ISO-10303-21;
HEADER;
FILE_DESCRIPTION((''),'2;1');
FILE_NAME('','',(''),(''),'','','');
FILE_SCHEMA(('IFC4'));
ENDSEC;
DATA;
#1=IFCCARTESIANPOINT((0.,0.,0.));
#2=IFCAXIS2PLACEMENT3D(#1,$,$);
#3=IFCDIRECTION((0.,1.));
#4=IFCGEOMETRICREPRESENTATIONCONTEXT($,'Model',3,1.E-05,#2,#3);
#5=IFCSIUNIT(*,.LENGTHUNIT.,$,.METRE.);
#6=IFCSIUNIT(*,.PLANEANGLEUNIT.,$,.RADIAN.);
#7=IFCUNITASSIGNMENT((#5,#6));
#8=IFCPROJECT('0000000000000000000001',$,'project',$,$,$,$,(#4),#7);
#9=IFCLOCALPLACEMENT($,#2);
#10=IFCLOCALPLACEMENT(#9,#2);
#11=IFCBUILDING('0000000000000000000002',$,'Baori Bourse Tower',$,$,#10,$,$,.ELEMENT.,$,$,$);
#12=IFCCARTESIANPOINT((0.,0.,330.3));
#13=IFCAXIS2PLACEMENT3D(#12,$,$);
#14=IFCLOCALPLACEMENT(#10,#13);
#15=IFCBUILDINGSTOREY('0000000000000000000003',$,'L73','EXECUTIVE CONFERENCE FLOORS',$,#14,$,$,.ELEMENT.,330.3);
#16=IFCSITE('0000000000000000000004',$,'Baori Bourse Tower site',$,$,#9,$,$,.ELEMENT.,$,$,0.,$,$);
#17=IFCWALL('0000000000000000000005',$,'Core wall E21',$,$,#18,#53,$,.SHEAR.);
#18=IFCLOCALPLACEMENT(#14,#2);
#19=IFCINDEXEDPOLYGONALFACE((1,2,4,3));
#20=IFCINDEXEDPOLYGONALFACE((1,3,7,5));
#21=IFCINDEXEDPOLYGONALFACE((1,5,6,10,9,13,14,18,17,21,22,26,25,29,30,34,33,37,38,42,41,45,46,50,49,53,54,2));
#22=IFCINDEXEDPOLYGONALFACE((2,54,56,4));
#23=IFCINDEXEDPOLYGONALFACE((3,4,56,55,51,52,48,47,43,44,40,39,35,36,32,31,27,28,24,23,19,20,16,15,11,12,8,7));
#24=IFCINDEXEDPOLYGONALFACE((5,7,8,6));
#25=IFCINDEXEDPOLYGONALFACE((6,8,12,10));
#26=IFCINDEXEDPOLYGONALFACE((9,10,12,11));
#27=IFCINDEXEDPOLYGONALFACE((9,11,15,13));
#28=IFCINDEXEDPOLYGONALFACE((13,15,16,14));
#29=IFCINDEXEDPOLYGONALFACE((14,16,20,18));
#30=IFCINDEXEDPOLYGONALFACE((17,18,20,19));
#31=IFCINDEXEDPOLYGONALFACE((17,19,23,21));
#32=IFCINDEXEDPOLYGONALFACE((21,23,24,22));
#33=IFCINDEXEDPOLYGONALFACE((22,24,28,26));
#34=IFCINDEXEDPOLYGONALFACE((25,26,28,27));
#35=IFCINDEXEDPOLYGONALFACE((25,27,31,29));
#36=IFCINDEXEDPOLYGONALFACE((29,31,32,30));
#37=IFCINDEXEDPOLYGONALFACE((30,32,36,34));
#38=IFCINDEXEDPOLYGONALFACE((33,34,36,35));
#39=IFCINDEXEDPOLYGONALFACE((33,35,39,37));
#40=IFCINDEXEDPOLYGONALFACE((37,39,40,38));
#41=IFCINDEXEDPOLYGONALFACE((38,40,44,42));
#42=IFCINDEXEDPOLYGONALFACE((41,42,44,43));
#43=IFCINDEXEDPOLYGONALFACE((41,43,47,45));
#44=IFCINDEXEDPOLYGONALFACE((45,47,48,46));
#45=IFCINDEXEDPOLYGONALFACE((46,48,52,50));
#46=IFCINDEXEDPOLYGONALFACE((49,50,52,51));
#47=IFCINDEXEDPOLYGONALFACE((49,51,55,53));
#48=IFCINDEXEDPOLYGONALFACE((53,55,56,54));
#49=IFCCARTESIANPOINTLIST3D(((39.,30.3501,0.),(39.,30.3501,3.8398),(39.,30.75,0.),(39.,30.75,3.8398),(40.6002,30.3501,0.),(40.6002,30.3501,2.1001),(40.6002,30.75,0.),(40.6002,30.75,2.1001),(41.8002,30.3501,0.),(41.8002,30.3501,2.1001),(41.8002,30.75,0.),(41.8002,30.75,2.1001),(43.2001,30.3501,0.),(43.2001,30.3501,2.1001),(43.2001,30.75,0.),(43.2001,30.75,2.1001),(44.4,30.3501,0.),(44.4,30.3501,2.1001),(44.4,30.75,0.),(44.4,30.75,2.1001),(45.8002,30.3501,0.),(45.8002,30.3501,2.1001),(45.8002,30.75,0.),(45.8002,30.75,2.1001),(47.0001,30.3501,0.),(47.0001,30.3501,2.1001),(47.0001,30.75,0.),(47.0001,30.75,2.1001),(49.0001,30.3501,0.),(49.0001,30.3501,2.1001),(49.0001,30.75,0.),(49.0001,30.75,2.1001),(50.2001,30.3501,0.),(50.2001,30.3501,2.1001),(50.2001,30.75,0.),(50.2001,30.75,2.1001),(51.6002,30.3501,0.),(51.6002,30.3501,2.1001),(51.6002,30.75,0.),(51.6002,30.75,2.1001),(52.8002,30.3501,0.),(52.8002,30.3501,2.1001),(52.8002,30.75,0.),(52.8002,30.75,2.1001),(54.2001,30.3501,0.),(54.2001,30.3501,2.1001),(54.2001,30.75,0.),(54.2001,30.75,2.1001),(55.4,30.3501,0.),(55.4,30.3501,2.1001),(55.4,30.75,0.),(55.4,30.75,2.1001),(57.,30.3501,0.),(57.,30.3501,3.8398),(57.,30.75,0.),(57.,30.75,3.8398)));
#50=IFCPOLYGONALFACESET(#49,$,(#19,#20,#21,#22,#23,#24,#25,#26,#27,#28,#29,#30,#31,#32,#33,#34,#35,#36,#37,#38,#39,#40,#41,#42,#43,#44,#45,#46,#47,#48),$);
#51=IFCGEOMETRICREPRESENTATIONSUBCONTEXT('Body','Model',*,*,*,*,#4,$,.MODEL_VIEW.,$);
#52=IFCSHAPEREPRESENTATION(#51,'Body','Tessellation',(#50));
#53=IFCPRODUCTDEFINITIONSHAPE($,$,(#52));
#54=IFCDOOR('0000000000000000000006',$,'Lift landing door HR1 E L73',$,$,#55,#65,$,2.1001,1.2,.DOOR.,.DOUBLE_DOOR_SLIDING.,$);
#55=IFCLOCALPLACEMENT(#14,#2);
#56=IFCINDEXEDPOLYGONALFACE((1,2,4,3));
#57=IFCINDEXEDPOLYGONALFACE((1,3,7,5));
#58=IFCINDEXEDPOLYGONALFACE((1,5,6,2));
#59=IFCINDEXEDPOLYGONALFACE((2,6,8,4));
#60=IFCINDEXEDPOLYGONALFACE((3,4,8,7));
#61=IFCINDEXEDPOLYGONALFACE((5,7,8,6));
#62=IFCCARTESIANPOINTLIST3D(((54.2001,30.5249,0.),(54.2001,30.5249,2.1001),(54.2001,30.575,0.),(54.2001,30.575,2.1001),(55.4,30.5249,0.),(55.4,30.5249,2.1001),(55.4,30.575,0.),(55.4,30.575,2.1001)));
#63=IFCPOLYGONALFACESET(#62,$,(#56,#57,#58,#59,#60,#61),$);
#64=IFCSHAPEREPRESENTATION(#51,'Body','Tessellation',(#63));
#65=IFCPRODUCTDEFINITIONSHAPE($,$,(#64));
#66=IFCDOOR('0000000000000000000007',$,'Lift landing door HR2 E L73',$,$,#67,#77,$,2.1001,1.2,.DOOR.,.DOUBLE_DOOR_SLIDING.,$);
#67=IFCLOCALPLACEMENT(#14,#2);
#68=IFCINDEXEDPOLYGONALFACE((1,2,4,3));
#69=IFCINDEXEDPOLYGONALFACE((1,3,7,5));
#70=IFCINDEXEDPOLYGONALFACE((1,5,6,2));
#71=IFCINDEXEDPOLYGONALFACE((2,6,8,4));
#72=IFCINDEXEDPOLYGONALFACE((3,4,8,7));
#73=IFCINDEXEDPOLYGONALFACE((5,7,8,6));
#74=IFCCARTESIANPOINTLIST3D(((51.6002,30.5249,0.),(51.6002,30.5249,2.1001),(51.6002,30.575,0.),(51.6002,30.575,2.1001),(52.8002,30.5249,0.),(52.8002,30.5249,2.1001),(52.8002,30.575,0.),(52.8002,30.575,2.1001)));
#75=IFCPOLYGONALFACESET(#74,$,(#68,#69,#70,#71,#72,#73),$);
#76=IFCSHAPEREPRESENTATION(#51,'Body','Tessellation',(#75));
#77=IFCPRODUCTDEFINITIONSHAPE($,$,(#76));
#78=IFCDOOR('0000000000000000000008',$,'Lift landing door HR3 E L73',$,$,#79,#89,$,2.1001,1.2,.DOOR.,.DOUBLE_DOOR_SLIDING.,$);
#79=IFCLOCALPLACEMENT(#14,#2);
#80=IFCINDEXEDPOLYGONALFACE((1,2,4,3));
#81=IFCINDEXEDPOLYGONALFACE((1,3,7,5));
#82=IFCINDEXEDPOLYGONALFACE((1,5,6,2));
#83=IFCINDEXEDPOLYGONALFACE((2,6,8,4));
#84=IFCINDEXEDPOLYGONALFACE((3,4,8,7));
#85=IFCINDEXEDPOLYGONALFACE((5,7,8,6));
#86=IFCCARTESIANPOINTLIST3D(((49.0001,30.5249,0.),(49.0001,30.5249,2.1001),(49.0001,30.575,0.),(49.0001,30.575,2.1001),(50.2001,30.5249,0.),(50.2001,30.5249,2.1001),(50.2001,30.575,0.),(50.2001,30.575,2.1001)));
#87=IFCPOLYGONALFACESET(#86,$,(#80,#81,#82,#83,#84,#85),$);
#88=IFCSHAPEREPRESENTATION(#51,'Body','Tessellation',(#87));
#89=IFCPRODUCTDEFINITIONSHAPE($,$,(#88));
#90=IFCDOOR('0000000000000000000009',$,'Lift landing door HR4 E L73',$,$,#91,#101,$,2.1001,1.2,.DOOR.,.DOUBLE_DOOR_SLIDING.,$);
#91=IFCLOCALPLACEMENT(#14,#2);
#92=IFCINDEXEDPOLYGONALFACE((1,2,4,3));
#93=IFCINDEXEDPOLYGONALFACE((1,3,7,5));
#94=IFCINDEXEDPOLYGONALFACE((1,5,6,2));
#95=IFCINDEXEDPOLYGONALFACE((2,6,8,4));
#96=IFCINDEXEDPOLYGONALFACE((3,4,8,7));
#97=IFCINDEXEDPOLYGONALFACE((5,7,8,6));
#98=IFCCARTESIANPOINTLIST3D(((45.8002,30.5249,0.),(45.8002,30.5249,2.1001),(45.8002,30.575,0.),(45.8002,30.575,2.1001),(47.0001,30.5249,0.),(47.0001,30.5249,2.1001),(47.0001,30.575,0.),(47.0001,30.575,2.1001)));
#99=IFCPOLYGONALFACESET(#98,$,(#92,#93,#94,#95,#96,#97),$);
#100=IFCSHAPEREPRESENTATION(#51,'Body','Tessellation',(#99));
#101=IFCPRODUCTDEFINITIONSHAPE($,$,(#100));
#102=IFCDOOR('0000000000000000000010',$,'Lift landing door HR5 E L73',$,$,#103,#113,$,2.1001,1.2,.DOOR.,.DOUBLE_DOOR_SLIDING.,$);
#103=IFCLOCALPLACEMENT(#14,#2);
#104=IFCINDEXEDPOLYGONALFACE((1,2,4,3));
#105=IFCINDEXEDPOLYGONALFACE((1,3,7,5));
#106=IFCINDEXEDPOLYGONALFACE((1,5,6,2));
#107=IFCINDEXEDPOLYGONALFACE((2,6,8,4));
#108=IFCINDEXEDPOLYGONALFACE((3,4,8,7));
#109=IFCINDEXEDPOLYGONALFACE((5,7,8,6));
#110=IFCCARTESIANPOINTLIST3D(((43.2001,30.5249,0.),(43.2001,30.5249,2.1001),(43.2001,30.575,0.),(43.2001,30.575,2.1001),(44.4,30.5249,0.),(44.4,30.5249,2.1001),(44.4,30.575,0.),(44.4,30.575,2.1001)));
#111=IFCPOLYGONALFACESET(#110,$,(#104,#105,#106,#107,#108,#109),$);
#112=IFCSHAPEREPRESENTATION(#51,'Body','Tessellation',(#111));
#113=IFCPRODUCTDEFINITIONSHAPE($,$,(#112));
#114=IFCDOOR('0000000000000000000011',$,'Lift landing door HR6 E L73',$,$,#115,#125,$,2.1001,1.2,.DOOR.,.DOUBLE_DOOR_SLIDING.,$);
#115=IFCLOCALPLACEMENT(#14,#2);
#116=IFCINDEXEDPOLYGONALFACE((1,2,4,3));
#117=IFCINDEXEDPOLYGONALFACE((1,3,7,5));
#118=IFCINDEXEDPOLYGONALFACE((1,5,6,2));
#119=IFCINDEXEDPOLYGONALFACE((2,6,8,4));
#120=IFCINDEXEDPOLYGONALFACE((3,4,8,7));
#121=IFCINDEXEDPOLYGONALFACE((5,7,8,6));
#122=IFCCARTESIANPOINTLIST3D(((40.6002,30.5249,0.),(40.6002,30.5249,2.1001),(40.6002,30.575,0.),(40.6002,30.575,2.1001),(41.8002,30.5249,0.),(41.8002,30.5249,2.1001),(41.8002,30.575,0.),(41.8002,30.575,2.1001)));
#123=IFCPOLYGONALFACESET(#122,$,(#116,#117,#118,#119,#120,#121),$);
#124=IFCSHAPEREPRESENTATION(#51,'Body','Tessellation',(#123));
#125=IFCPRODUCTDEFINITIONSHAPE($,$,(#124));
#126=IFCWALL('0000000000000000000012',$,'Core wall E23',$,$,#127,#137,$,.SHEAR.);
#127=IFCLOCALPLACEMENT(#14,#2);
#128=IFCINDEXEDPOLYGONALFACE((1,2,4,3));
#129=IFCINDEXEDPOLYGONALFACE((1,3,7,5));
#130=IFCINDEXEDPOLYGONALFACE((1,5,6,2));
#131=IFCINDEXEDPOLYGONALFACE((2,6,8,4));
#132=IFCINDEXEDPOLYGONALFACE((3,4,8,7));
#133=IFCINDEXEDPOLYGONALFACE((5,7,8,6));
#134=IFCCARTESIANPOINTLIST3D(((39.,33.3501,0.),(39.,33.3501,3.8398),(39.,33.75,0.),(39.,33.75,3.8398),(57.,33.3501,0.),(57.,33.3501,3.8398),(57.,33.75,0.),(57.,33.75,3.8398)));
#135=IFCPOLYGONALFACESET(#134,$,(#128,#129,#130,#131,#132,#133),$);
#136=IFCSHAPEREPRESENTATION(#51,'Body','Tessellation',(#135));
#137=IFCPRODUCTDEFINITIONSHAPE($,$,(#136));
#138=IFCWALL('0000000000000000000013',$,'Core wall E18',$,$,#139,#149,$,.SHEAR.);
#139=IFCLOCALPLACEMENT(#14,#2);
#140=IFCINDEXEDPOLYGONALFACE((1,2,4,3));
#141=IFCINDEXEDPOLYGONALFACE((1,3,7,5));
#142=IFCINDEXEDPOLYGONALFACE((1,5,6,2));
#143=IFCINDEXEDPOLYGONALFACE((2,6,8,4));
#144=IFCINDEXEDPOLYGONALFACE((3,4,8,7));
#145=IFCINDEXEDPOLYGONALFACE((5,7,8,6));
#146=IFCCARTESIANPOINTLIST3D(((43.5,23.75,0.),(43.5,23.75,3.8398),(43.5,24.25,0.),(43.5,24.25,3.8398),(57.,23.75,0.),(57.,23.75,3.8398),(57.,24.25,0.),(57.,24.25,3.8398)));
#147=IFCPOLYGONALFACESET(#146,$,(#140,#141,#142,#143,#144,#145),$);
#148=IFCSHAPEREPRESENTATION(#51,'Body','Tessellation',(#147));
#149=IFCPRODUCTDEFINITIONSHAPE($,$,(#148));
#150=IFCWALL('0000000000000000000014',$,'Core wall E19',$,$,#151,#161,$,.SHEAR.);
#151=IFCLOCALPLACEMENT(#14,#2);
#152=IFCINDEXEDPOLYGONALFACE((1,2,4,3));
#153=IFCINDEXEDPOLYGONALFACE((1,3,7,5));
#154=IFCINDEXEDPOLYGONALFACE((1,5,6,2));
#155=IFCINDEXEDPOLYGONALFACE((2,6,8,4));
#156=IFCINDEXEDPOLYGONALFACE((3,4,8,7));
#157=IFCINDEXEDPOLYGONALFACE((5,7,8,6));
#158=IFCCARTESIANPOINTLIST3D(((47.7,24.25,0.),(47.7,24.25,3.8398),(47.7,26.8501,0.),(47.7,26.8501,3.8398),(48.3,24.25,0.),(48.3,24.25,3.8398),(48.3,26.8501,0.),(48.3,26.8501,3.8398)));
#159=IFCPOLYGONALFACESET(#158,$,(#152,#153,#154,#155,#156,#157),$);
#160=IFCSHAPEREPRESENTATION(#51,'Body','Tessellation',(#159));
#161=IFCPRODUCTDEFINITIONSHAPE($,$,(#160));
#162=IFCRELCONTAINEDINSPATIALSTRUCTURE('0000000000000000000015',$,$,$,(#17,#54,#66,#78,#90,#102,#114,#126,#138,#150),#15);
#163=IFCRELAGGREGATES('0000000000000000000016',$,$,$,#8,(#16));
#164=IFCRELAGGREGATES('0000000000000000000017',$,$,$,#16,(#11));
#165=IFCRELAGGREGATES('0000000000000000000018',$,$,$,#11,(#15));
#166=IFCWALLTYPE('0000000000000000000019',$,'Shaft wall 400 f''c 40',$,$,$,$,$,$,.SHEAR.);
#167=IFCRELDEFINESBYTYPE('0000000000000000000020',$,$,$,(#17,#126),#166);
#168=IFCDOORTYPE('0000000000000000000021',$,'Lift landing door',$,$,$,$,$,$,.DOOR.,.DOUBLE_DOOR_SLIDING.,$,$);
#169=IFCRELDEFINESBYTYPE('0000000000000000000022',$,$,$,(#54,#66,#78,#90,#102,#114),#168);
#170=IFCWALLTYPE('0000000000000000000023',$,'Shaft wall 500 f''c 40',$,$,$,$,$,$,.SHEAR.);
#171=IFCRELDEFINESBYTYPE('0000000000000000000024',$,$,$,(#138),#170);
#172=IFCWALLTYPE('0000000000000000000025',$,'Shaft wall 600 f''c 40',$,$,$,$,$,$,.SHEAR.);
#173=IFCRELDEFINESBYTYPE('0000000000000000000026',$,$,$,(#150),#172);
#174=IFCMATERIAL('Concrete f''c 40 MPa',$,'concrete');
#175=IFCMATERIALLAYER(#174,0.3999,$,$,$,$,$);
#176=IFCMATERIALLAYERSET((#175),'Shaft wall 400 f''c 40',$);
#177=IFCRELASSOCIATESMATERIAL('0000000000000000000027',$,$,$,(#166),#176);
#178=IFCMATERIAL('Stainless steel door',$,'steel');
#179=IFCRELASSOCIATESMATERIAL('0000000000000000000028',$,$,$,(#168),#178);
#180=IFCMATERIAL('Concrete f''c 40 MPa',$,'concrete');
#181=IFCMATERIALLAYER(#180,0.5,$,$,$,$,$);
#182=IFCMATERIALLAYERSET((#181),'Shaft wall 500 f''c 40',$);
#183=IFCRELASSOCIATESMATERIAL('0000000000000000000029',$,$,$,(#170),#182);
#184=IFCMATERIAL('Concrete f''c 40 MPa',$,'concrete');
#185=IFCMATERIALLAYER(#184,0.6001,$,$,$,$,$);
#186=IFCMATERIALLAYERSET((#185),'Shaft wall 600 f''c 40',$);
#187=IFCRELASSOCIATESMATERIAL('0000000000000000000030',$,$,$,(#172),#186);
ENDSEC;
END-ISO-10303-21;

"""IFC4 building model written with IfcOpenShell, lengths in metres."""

from ifc_helpers import new_model, si_unit, direction, frame, frame_2d, origin, place, context, subcontext, project, spatial, rectangle, extrude, material, layer, layer_set, type_object, element, fill, save


model = new_model("IFC4")

# Units and contexts
model_context = context("Model", 3, precision=1e-05, world=origin(), true_north=direction((0.0, 1.0)))
body_context = subcontext(model_context, "Body", "Model", "MODEL_VIEW")
ifc_project = project(units=[si_unit("LENGTHUNIT", "METRE"), si_unit("PLANEANGLEUNIT", "RADIAN")], contexts=[model_context])

# Site, building, storey
site_placement = place(None, origin())
site = spatial("IfcSite", under=ifc_project, at=site_placement, Name="Baori Bourse Tower site", CompositionType="ELEMENT", RefElevation=0.0)
building_placement = place(site_placement, origin())
building = spatial("IfcBuilding", under=site, at=building_placement, Name="Baori Bourse Tower", CompositionType="ELEMENT")
storey_placement = place(building_placement, frame((0.0, 0.0, 330.3)))
storey = spatial("IfcBuildingStorey", under=building, at=storey_placement, Name="L73", Description="EXECUTIVE CONFERENCE FLOORS", CompositionType="ELEMENT", Elevation=330.3)

# Shared definitions
ifc_material_1 = material(Name="Concrete f'c 40 MPa", Category="concrete")
ifc_layer_1 = layer(ifc_material_1, 0.3999)
ifc_layer_set_1 = layer_set([ifc_layer_1], Name="Shaft wall 400 f'c 40")
wall_type_1 = type_object("IfcWallType", Name="Shaft wall 400 f'c 40", PredefinedType="SHEAR", material=ifc_layer_set_1)
ifc_material_2 = material(Name="Stainless steel door", Category="steel")
door_type_1 = type_object("IfcDoorType", Name="Lift landing door", OperationType="DOUBLE_DOOR_SLIDING", PredefinedType="DOOR", material=ifc_material_2)

# Wall, openings, doors
wall_1_placement = place(storey_placement, frame((39.0, 30.55, 0.0), z_axis=(0.0, 0.0, 1.0), x_axis=(1.0, 0.0, 0.0)))
wall_1 = element("IfcWall", 1, at=wall_1_placement, inside=storey, type_object=wall_type_1, Name="Core wall E21", PredefinedType="SHEAR", context=body_context, shape_type="SweptSolid", body=[
    extrude(rectangle(XDim=18.0, YDim=0.3999, at=frame_2d((9.0, 0.0))), origin(), (0.0, 0.0, 1.0), 3.8398),
])
opening_1_placement = place(wall_1_placement, frame((15.2, 0.0, 0.0)))
opening_1 = element("IfcOpeningElement", 2, at=opening_1_placement, cuts=wall_1, PredefinedType="OPENING", context=body_context, shape_type="SweptSolid", body=[
    extrude(rectangle(XDim=1.2, YDim=2.1001, at=frame_2d((0.6001, 1.05))), frame((0.0, 0.21, 0.0), z_axis=(0.0, -1.0, 0.0), x_axis=(1.0, 0.0, 0.0)), (0.0, 0.0, 1.0), 0.4199),
])
opening_2_placement = place(wall_1_placement, frame((12.6001, 0.0, 0.0)))
opening_2 = element("IfcOpeningElement", 3, at=opening_2_placement, cuts=wall_1, PredefinedType="OPENING", context=body_context, shape_type="SweptSolid", body=[
    extrude(rectangle(XDim=1.2, YDim=2.1001, at=frame_2d((0.6001, 1.05))), frame((0.0, 0.21, 0.0), z_axis=(0.0, -1.0, 0.0), x_axis=(1.0, 0.0, 0.0)), (0.0, 0.0, 1.0), 0.4199),
])
opening_3_placement = place(wall_1_placement, frame((10.0, 0.0, 0.0)))
opening_3 = element("IfcOpeningElement", 4, at=opening_3_placement, cuts=wall_1, PredefinedType="OPENING", context=body_context, shape_type="SweptSolid", body=[
    extrude(rectangle(XDim=1.2, YDim=2.1001, at=frame_2d((0.6001, 1.05))), frame((0.0, 0.21, 0.0), z_axis=(0.0, -1.0, 0.0), x_axis=(1.0, 0.0, 0.0)), (0.0, 0.0, 1.0), 0.4199),
])
opening_4_placement = place(wall_1_placement, frame((6.8, 0.0, 0.0)))
opening_4 = element("IfcOpeningElement", 5, at=opening_4_placement, cuts=wall_1, PredefinedType="OPENING", context=body_context, shape_type="SweptSolid", body=[
    extrude(rectangle(XDim=1.2, YDim=2.1001, at=frame_2d((0.6001, 1.05))), frame((0.0, 0.21, 0.0), z_axis=(0.0, -1.0, 0.0), x_axis=(1.0, 0.0, 0.0)), (0.0, 0.0, 1.0), 0.4199),
])
opening_5_placement = place(wall_1_placement, frame((4.2, 0.0, 0.0)))
opening_5 = element("IfcOpeningElement", 6, at=opening_5_placement, cuts=wall_1, PredefinedType="OPENING", context=body_context, shape_type="SweptSolid", body=[
    extrude(rectangle(XDim=1.2, YDim=2.1001, at=frame_2d((0.6001, 1.05))), frame((0.0, 0.21, 0.0), z_axis=(0.0, -1.0, 0.0), x_axis=(1.0, 0.0, 0.0)), (0.0, 0.0, 1.0), 0.4199),
])
opening_6_placement = place(wall_1_placement, frame((1.6001, 0.0, 0.0)))
opening_6 = element("IfcOpeningElement", 7, at=opening_6_placement, cuts=wall_1, PredefinedType="OPENING", context=body_context, shape_type="SweptSolid", body=[
    extrude(rectangle(XDim=1.2, YDim=2.1001, at=frame_2d((0.6001, 1.05))), frame((0.0, 0.21, 0.0), z_axis=(0.0, -1.0, 0.0), x_axis=(1.0, 0.0, 0.0)), (0.0, 0.0, 1.0), 0.4199),
])
door_1_placement = place(opening_1_placement, origin())
door_1 = element("IfcDoor", 8, at=door_1_placement, inside=storey, type_object=door_type_1, Name="Lift landing door HR1 E L73", OperationType="DOUBLE_DOOR_SLIDING", OverallHeight=2.1001, OverallWidth=1.2, PredefinedType="DOOR", context=body_context, shape_type="SweptSolid", body=[
    extrude(rectangle(XDim=1.2, YDim=2.1001, at=frame_2d((0.6001, 1.05))), frame((0.0, 0.0249, 0.0), z_axis=(0.0, -1.0, 0.0), x_axis=(1.0, 0.0, 0.0)), (0.0, 0.0, 1.0), 0.05),
])
fill(opening_1, door_1)
door_2_placement = place(opening_2_placement, origin())
door_2 = element("IfcDoor", 9, at=door_2_placement, inside=storey, type_object=door_type_1, Name="Lift landing door HR2 E L73", OperationType="DOUBLE_DOOR_SLIDING", OverallHeight=2.1001, OverallWidth=1.2, PredefinedType="DOOR", context=body_context, shape_type="SweptSolid", body=[
    extrude(rectangle(XDim=1.2, YDim=2.1001, at=frame_2d((0.6001, 1.05))), frame((0.0, 0.0249, 0.0), z_axis=(0.0, -1.0, 0.0), x_axis=(1.0, 0.0, 0.0)), (0.0, 0.0, 1.0), 0.05),
])
fill(opening_2, door_2)
door_3_placement = place(opening_3_placement, origin())
door_3 = element("IfcDoor", 10, at=door_3_placement, inside=storey, type_object=door_type_1, Name="Lift landing door HR3 E L73", OperationType="DOUBLE_DOOR_SLIDING", OverallHeight=2.1001, OverallWidth=1.2, PredefinedType="DOOR", context=body_context, shape_type="SweptSolid", body=[
    extrude(rectangle(XDim=1.2, YDim=2.1001, at=frame_2d((0.6001, 1.05))), frame((0.0, 0.0249, 0.0), z_axis=(0.0, -1.0, 0.0), x_axis=(1.0, 0.0, 0.0)), (0.0, 0.0, 1.0), 0.05),
])
fill(opening_3, door_3)
door_4_placement = place(opening_4_placement, origin())
door_4 = element("IfcDoor", 11, at=door_4_placement, inside=storey, type_object=door_type_1, Name="Lift landing door HR4 E L73", OperationType="DOUBLE_DOOR_SLIDING", OverallHeight=2.1001, OverallWidth=1.2, PredefinedType="DOOR", context=body_context, shape_type="SweptSolid", body=[
    extrude(rectangle(XDim=1.2, YDim=2.1001, at=frame_2d((0.6001, 1.05))), frame((0.0, 0.0249, 0.0), z_axis=(0.0, -1.0, 0.0), x_axis=(1.0, 0.0, 0.0)), (0.0, 0.0, 1.0), 0.05),
])
fill(opening_4, door_4)
door_5_placement = place(opening_5_placement, origin())
door_5 = element("IfcDoor", 12, at=door_5_placement, inside=storey, type_object=door_type_1, Name="Lift landing door HR5 E L73", OperationType="DOUBLE_DOOR_SLIDING", OverallHeight=2.1001, OverallWidth=1.2, PredefinedType="DOOR", context=body_context, shape_type="SweptSolid", body=[
    extrude(rectangle(XDim=1.2, YDim=2.1001, at=frame_2d((0.6001, 1.05))), frame((0.0, 0.0249, 0.0), z_axis=(0.0, -1.0, 0.0), x_axis=(1.0, 0.0, 0.0)), (0.0, 0.0, 1.0), 0.05),
])
fill(opening_5, door_5)
door_6_placement = place(opening_6_placement, origin())
door_6 = element("IfcDoor", 13, at=door_6_placement, inside=storey, type_object=door_type_1, Name="Lift landing door HR6 E L73", OperationType="DOUBLE_DOOR_SLIDING", OverallHeight=2.1001, OverallWidth=1.2, PredefinedType="DOOR", context=body_context, shape_type="SweptSolid", body=[
    extrude(rectangle(XDim=1.2, YDim=2.1001, at=frame_2d((0.6001, 1.05))), frame((0.0, 0.0249, 0.0), z_axis=(0.0, -1.0, 0.0), x_axis=(1.0, 0.0, 0.0)), (0.0, 0.0, 1.0), 0.05),
])
fill(opening_6, door_6)

# Walls
wall_2_placement = place(storey_placement, frame((39.0, 33.55, 0.0), z_axis=(0.0, 0.0, 1.0), x_axis=(1.0, 0.0, 0.0)))
element("IfcWall", 14, at=wall_2_placement, inside=storey, type_object=wall_type_1, Name="Core wall E23", PredefinedType="SHEAR", context=body_context, shape_type="SweptSolid", body=[
    extrude(rectangle(XDim=18.0, YDim=0.3999, at=frame_2d((9.0, 0.0))), origin(), (0.0, 0.0, 1.0), 3.8398),
])
ifc_material_3 = material(Name="Concrete f'c 40 MPa", Category="concrete")
ifc_layer_2 = layer(ifc_material_3, 0.5)
ifc_layer_set_2 = layer_set([ifc_layer_2], Name="Shaft wall 500 f'c 40")
wall_type_2 = type_object("IfcWallType", Name="Shaft wall 500 f'c 40", PredefinedType="SHEAR", material=ifc_layer_set_2)
wall_3_placement = place(storey_placement, frame((43.5, 24.0, 0.0), z_axis=(0.0, 0.0, 1.0), x_axis=(1.0, 0.0, 0.0)))
element("IfcWall", 15, at=wall_3_placement, inside=storey, type_object=wall_type_2, Name="Core wall E18", PredefinedType="SHEAR", context=body_context, shape_type="SweptSolid", body=[
    extrude(rectangle(XDim=13.5, YDim=0.5, at=frame_2d((6.75, 0.0))), origin(), (0.0, 0.0, 1.0), 3.8398),
])
ifc_material_4 = material(Name="Concrete f'c 40 MPa", Category="concrete")
ifc_layer_3 = layer(ifc_material_4, 0.6001)
ifc_layer_set_3 = layer_set([ifc_layer_3], Name="Shaft wall 600 f'c 40")
wall_type_3 = type_object("IfcWallType", Name="Shaft wall 600 f'c 40", PredefinedType="SHEAR", material=ifc_layer_set_3)
for number, where, z_axis, x_axis, name in (
    (16, (48.0, 24.25, 0.0), (0.0, 0.0, 1.0), (0.0, 1.0, 0.0), "Core wall E19"),
):
    element("IfcWall", number, at=place(storey_placement, frame(where, z_axis=z_axis, x_axis=x_axis)), inside=storey, type_object=wall_type_3, Name=name, PredefinedType="SHEAR", context=body_context, shape_type="SweptSolid", body=[
        extrude(rectangle(XDim=2.6001, YDim=0.6001, at=frame_2d((1.3, 0.0))), origin(), (0.0, 0.0, 1.0), 3.8398),
    ])

save(model, "model.ifc")
